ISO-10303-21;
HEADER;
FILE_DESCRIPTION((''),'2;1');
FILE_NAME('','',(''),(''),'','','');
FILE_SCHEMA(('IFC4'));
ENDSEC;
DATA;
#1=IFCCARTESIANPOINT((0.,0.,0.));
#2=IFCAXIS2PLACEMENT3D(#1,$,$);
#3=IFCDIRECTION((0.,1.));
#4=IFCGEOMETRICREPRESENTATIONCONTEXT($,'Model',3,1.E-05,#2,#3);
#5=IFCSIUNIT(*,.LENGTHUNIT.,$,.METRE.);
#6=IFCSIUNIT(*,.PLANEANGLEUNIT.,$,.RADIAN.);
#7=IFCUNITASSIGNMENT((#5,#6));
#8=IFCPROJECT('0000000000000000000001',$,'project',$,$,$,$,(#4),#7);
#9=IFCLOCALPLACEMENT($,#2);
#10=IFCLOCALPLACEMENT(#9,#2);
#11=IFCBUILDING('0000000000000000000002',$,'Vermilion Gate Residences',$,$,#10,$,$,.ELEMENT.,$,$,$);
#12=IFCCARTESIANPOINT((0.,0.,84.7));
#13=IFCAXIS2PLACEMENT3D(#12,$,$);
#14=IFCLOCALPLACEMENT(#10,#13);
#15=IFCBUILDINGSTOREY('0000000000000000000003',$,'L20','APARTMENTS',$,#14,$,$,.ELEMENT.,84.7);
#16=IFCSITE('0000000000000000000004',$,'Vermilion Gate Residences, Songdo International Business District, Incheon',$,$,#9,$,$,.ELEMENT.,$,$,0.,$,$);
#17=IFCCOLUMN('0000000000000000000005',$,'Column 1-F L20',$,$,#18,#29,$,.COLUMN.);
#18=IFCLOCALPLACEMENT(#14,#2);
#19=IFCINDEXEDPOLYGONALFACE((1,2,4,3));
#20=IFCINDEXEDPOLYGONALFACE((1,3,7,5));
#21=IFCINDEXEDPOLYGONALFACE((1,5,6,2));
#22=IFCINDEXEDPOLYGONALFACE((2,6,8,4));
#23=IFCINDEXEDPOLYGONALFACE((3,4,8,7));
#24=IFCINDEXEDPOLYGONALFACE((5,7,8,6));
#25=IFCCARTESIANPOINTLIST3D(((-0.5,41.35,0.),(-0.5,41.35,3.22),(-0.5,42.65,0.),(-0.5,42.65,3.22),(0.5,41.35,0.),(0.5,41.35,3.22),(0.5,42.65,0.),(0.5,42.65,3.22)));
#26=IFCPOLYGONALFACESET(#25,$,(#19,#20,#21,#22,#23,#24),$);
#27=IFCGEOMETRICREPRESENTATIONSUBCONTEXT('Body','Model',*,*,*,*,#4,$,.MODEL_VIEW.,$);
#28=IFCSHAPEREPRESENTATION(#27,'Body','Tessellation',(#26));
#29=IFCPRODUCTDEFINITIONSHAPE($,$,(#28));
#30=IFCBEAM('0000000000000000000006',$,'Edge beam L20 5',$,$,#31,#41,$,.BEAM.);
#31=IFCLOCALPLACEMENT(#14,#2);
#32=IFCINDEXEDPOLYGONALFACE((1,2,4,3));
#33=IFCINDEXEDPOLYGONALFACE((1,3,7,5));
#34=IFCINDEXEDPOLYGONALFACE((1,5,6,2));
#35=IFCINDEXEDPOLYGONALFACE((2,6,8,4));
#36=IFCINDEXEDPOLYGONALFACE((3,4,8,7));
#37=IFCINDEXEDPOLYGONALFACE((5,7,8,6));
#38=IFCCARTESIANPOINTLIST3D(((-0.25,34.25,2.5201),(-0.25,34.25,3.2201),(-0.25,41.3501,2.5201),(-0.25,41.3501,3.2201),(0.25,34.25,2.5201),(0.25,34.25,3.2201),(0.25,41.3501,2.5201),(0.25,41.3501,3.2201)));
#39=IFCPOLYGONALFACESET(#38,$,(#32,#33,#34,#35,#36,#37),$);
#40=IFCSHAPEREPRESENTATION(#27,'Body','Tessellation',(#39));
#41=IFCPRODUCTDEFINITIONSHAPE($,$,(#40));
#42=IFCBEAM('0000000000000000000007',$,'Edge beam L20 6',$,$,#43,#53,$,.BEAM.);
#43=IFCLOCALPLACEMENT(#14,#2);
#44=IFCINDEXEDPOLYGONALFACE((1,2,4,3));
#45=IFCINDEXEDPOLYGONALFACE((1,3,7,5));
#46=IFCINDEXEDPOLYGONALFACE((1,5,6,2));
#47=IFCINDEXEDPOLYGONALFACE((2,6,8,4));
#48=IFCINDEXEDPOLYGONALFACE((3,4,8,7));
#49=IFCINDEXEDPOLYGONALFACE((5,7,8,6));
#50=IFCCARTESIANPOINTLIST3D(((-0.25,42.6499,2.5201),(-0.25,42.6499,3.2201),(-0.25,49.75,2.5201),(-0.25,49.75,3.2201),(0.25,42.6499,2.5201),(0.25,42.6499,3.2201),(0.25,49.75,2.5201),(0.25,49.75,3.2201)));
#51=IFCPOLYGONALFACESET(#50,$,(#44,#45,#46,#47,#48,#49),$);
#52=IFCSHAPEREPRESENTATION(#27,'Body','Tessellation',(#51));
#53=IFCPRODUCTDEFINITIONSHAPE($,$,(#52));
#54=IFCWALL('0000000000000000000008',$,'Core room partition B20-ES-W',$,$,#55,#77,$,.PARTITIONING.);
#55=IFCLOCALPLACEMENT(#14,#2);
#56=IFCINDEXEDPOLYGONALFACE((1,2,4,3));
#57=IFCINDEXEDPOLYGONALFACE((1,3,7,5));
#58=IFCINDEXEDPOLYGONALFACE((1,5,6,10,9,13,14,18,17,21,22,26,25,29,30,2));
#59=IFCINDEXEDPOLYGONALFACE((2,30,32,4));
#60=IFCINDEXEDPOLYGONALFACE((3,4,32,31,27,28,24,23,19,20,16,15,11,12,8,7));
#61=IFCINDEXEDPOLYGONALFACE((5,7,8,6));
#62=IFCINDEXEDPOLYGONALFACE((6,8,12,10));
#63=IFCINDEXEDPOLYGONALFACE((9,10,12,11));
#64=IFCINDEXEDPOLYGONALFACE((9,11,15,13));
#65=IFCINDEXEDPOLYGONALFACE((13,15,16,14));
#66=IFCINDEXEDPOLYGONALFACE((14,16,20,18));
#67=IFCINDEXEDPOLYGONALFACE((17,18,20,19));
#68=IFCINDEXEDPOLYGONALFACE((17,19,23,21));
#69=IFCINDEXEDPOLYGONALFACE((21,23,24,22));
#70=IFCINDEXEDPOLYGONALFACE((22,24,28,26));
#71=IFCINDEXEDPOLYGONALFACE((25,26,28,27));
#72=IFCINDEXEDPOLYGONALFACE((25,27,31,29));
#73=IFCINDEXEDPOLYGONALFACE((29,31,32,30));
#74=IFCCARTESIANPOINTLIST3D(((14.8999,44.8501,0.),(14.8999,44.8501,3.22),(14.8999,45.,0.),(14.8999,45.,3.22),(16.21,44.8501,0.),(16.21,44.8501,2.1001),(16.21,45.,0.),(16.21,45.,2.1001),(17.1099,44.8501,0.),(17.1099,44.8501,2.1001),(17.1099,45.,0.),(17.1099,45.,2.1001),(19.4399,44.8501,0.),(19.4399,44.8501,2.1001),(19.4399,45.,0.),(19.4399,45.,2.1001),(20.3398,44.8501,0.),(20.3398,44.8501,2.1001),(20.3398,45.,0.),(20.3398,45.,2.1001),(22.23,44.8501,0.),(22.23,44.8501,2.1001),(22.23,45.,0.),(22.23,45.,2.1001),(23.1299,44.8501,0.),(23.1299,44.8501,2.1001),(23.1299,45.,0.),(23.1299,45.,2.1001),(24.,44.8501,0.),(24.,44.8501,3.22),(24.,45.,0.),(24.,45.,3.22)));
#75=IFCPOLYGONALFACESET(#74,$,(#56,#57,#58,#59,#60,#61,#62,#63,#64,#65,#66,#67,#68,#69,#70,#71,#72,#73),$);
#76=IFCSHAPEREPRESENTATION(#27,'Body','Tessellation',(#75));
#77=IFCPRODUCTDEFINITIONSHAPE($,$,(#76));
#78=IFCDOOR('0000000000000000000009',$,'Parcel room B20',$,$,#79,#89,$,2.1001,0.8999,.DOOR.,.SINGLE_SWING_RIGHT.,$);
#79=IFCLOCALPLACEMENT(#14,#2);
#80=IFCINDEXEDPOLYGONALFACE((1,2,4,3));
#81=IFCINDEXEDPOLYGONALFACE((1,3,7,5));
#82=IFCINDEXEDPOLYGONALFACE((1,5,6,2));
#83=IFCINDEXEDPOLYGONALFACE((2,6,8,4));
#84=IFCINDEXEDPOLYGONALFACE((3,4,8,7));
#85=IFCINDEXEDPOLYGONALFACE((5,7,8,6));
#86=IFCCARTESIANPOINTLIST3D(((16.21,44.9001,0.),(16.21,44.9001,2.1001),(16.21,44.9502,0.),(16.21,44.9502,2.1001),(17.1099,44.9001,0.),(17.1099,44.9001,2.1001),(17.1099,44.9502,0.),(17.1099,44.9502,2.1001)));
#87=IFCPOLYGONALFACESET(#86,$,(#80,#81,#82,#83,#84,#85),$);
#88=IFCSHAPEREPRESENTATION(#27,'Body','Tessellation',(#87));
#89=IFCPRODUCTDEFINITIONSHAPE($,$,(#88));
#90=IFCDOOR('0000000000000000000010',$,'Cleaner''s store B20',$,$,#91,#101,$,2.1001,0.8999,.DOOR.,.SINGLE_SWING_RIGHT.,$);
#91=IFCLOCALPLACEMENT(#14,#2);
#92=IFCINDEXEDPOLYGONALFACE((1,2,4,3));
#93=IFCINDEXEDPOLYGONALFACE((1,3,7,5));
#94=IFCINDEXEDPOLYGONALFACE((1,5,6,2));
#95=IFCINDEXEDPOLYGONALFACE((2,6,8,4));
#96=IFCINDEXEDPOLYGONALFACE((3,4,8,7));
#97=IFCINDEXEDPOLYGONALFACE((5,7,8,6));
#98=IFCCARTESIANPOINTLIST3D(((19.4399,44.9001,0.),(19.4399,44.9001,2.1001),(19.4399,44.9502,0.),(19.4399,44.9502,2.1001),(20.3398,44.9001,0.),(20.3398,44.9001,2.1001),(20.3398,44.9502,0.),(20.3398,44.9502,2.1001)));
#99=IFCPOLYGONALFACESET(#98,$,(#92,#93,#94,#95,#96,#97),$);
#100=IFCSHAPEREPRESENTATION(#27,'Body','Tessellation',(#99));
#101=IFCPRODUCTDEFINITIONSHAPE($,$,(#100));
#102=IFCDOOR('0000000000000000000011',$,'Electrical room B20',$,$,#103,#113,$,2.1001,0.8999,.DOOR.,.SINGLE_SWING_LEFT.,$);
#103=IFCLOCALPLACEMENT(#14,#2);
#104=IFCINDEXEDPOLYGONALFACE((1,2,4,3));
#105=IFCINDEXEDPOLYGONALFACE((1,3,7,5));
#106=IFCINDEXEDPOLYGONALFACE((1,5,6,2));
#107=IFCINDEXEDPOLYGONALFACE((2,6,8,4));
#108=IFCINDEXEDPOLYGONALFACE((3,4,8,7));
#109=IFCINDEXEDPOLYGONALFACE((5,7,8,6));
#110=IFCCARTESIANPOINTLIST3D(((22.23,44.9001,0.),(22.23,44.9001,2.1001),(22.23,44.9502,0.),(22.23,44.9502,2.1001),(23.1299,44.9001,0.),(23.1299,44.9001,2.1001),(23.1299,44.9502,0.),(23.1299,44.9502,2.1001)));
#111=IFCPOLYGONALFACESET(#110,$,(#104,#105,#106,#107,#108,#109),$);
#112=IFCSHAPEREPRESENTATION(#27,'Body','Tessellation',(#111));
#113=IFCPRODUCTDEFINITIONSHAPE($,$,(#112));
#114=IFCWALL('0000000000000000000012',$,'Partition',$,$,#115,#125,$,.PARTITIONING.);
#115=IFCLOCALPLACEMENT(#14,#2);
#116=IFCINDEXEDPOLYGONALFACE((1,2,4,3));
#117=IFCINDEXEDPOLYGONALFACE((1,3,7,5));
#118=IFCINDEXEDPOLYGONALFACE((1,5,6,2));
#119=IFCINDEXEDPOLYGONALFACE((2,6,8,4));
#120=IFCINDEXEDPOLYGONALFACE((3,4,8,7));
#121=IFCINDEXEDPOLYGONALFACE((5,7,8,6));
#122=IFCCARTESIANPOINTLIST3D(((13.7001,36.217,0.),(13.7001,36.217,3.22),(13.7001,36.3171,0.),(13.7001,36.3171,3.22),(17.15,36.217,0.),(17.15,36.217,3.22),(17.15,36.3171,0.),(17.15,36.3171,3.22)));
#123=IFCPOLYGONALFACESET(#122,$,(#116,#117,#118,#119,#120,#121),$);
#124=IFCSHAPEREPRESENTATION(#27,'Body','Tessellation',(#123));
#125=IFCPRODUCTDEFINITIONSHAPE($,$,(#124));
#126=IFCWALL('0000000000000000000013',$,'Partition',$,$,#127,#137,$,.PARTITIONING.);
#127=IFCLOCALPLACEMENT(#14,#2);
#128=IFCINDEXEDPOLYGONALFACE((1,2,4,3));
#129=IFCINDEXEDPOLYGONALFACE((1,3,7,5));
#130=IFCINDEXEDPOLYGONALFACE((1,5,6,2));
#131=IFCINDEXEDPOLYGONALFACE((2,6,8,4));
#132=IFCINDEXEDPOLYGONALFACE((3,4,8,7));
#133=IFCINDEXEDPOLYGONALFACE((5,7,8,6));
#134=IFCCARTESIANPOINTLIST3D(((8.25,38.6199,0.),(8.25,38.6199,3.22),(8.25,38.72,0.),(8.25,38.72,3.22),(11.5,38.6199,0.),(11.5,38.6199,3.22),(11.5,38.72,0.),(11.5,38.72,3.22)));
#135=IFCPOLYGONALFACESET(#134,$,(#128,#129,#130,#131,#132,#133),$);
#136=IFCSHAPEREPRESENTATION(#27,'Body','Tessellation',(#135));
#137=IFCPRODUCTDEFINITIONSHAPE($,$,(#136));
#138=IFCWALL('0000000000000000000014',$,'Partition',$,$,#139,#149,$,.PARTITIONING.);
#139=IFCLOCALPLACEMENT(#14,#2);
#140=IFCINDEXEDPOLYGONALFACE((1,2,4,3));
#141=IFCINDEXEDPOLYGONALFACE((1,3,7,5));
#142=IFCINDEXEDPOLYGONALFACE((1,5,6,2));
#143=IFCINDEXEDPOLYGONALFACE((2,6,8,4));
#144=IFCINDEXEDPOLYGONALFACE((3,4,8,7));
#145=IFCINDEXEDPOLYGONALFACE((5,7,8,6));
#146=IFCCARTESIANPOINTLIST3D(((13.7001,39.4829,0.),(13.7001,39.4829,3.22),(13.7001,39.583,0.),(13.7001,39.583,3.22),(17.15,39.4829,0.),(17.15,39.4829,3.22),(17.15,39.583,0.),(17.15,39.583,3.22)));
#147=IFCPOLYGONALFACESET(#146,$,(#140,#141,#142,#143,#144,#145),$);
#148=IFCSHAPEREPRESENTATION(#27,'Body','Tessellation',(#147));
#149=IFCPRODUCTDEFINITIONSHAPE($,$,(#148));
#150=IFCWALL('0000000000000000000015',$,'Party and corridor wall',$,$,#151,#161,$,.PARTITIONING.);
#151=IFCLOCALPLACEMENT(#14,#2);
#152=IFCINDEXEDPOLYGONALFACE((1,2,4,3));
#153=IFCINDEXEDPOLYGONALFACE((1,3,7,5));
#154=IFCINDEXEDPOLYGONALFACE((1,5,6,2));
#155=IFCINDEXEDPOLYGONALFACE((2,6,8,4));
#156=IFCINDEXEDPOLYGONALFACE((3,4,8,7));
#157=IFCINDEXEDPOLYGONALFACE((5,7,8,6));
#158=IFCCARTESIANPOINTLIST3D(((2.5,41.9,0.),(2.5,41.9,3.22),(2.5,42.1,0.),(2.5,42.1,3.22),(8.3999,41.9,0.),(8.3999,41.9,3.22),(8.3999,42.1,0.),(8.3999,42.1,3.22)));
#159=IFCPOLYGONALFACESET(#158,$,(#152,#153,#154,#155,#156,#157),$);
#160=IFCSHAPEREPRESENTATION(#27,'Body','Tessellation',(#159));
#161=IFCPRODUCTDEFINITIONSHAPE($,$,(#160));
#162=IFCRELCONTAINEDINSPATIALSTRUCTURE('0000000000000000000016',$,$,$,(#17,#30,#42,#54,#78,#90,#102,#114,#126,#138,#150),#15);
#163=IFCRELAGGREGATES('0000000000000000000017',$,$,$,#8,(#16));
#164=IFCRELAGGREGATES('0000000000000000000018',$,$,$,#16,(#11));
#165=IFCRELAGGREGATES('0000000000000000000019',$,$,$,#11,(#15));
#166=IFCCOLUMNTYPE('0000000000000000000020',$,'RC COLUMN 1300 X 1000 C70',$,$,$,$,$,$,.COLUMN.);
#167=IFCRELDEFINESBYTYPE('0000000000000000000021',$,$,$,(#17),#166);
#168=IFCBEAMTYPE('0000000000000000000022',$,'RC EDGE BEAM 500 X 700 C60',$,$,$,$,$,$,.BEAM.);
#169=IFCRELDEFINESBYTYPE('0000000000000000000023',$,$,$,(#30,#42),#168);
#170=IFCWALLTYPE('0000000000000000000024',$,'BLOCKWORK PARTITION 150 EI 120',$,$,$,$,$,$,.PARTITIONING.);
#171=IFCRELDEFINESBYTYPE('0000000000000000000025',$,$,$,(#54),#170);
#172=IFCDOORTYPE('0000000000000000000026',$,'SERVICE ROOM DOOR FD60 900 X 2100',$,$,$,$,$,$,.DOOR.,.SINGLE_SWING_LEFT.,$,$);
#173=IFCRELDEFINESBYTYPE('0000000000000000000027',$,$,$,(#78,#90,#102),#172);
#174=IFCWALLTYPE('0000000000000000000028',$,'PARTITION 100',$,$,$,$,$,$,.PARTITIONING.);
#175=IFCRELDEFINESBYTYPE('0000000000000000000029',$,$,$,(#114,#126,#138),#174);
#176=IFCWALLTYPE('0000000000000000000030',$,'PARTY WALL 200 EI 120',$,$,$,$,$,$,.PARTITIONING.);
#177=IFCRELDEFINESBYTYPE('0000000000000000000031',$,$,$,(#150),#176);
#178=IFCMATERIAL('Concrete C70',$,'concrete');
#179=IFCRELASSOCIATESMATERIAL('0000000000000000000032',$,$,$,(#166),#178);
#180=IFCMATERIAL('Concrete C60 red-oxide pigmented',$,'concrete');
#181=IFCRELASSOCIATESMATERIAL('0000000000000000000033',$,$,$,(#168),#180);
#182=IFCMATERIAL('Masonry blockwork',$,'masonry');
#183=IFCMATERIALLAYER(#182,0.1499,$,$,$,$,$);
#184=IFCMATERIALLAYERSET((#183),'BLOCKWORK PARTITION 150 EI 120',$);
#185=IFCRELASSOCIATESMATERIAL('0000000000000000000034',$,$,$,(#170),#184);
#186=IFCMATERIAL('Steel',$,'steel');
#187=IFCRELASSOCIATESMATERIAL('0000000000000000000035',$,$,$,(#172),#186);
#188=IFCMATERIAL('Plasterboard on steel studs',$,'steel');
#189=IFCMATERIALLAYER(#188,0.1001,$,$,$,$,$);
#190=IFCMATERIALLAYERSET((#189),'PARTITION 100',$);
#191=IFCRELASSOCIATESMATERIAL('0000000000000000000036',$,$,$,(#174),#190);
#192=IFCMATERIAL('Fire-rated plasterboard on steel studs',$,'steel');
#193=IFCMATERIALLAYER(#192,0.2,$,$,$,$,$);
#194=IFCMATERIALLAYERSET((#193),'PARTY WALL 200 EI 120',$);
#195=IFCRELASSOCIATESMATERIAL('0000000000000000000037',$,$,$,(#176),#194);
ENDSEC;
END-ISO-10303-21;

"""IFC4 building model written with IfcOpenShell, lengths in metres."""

from ifc_helpers import new_model, si_unit, direction, frame, frame_2d, origin, origin_2d, place, context, subcontext, project, spatial, rectangle, extrude, material, layer, layer_set, material_profile, profile_set, type_object, element, fill, save


model = new_model("IFC4")

# Units and contexts
model_context = context("Model", 3, precision=1e-05, world=origin(), true_north=direction((0.0, 1.0)))
body_context = subcontext(model_context, "Body", "Model", "MODEL_VIEW")
ifc_project = project(units=[si_unit("LENGTHUNIT", "METRE"), si_unit("PLANEANGLEUNIT", "RADIAN")], contexts=[model_context])

# Site, building, storey
site_placement = place(None, origin())
site = spatial("IfcSite", under=ifc_project, at=site_placement, Name="Vermilion Gate Residences, Songdo International Business District, Incheon", CompositionType="ELEMENT", RefElevation=0.0)
building_placement = place(site_placement, origin())
building = spatial("IfcBuilding", under=site, at=building_placement, Name="Vermilion Gate Residences", CompositionType="ELEMENT")
storey_placement = place(building_placement, frame((0.0, 0.0, 84.7)))
storey = spatial("IfcBuildingStorey", under=building, at=storey_placement, Name="L20", Description="APARTMENTS", CompositionType="ELEMENT", Elevation=84.7)

# Column
ifc_material_1 = material(Name="Concrete C70", Category="concrete")
ifc_material_profile_1 = material_profile(ifc_material_1, rectangle(XDim=1.3, YDim=1.0, at=origin_2d()), Name="RC-1300x1000")
ifc_profile_set_1 = profile_set([ifc_material_profile_1], Name="Concrete C70")
column_type = type_object("IfcColumnType", Name="RC COLUMN 1300 X 1000 C70", PredefinedType="COLUMN", material=ifc_profile_set_1)
column_placement = place(storey_placement, frame((0.0, 42.0, 0.0), z_axis=(0.0, 0.0, 1.0), x_axis=(0.0, 1.0, 0.0)))
element("IfcColumn", 1, at=column_placement, inside=storey, type_object=column_type, Name="Column 1-F L20", PredefinedType="COLUMN", context=body_context, shape_type="SweptSolid", body=[
    extrude(rectangle(XDim=1.3, YDim=1.0, at=origin_2d()), origin(), (0.0, 0.0, 1.0), 3.22),
])

# Beams
ifc_material_2 = material(Name="Concrete C60 red-oxide pigmented", Category="concrete")
ifc_material_profile_2 = material_profile(ifc_material_2, rectangle(XDim=0.5, YDim=0.7, at=origin_2d()), Name="RC-500x700")
ifc_profile_set_2 = profile_set([ifc_material_profile_2], Name="Concrete C60 red-oxide pigmented")
beam_type = type_object("IfcBeamType", Name="RC EDGE BEAM 500 X 700 C60", PredefinedType="BEAM", material=ifc_profile_set_2)
for number, where, z_axis, x_axis, name in (
    (2, (0.0, 34.25, 2.8701), (0.0, 1.0, 0.0), (-1.0, 0.0, 0.0), "Edge beam L20 5"),
    (3, (0.0, 42.6499, 2.8701), (0.0, 1.0, 0.0), (-1.0, 0.0, 0.0), "Edge beam L20 6"),
):
    element("IfcBeam", number, at=place(storey_placement, frame(where, z_axis=z_axis, x_axis=x_axis)), inside=storey, type_object=beam_type, Name=name, PredefinedType="BEAM", context=body_context, shape_type="SweptSolid", body=[
        extrude(rectangle(XDim=0.5, YDim=0.7, at=origin_2d()), origin(), (0.0, 0.0, 1.0), 7.1001),
    ])

# Wall, openings, doors
ifc_material_3 = material(Name="Masonry blockwork", Category="masonry")
ifc_layer_1 = layer(ifc_material_3, 0.1499)
ifc_layer_set_1 = layer_set([ifc_layer_1], Name="BLOCKWORK PARTITION 150 EI 120")
wall_type_1 = type_object("IfcWallType", Name="BLOCKWORK PARTITION 150 EI 120", PredefinedType="PARTITIONING", material=ifc_layer_set_1)
wall_1_placement = place(storey_placement, frame((14.8999, 44.925, 0.0), z_axis=(0.0, 0.0, 1.0), x_axis=(1.0, 0.0, 0.0)))
wall_1 = element("IfcWall", 4, at=wall_1_placement, inside=storey, type_object=wall_type_1, Name="Core room partition B20-ES-W", PredefinedType="PARTITIONING", context=body_context, shape_type="SweptSolid", body=[
    extrude(rectangle(XDim=9.1001, YDim=0.1499, at=frame_2d((4.55, 0.0))), origin(), (0.0, 0.0, 1.0), 3.22),
])
opening_1_placement = place(wall_1_placement, frame((1.3101, 0.0, 0.0)))
opening_1 = element("IfcOpeningElement", 5, at=opening_1_placement, cuts=wall_1, PredefinedType="OPENING", context=body_context, shape_type="SweptSolid", body=[
    extrude(rectangle(XDim=0.8999, YDim=2.1001, at=frame_2d((0.45, 1.05))), frame((0.0, 0.085, 0.0), z_axis=(0.0, -1.0, 0.0), x_axis=(1.0, 0.0, 0.0)), (0.0, 0.0, 1.0), 0.1699),
])
opening_2_placement = place(wall_1_placement, frame((4.54, 0.0, 0.0)))
opening_2 = element("IfcOpeningElement", 6, at=opening_2_placement, cuts=wall_1, PredefinedType="OPENING", context=body_context, shape_type="SweptSolid", body=[
    extrude(rectangle(XDim=0.8999, YDim=2.1001, at=frame_2d((0.45, 1.05))), frame((0.0, 0.085, 0.0), z_axis=(0.0, -1.0, 0.0), x_axis=(1.0, 0.0, 0.0)), (0.0, 0.0, 1.0), 0.1699),
])
opening_3_placement = place(wall_1_placement, frame((7.3301, 0.0, 0.0)))
opening_3 = element("IfcOpeningElement", 7, at=opening_3_placement, cuts=wall_1, PredefinedType="OPENING", context=body_context, shape_type="SweptSolid", body=[
    extrude(rectangle(XDim=0.8999, YDim=2.1001, at=frame_2d((0.45, 1.05))), frame((0.0, 0.085, 0.0), z_axis=(0.0, -1.0, 0.0), x_axis=(1.0, 0.0, 0.0)), (0.0, 0.0, 1.0), 0.1699),
])
ifc_material_4 = material(Name="Steel", Category="steel")
door_type_1 = type_object("IfcDoorType", Name="SERVICE ROOM DOOR FD60 900 X 2100", OperationType="SINGLE_SWING_LEFT", PredefinedType="DOOR", material=ifc_material_4)
door_1_placement = place(opening_1_placement, frame((0.8999, 0.0, 0.0), z_axis=(0.0, 0.0, 1.0), x_axis=(-1.0, 0.0, 0.0)))
door_1 = element("IfcDoor", 8, at=door_1_placement, inside=storey, type_object=door_type_1, Name="Parcel room B20", OperationType="SINGLE_SWING_RIGHT", OverallHeight=2.1001, OverallWidth=0.8999, PredefinedType="DOOR", context=body_context, shape_type="SweptSolid", body=[
    extrude(rectangle(XDim=0.8999, YDim=2.1001, at=frame_2d((0.45, 1.05))), frame((0.0, 0.0249, 0.0), z_axis=(0.0, -1.0, 0.0), x_axis=(1.0, 0.0, 0.0)), (0.0, 0.0, 1.0), 0.05),
])
fill(opening_1, door_1)
door_2_placement = place(opening_2_placement, frame((0.8999, 0.0, 0.0), z_axis=(0.0, 0.0, 1.0), x_axis=(-1.0, 0.0, 0.0)))
door_2 = element("IfcDoor", 9, at=door_2_placement, inside=storey, type_object=door_type_1, Name="Cleaner's store B20", OperationType="SINGLE_SWING_RIGHT", OverallHeight=2.1001, OverallWidth=0.8999, PredefinedType="DOOR", context=body_context, shape_type="SweptSolid", body=[
    extrude(rectangle(XDim=0.8999, YDim=2.1001, at=frame_2d((0.45, 1.05))), frame((0.0, 0.0249, 0.0), z_axis=(0.0, -1.0, 0.0), x_axis=(1.0, 0.0, 0.0)), (0.0, 0.0, 1.0), 0.05),
])
fill(opening_2, door_2)
door_3_placement = place(opening_3_placement, frame((0.8999, 0.0, 0.0), z_axis=(0.0, 0.0, 1.0), x_axis=(-1.0, 0.0, 0.0)))
door_3 = element("IfcDoor", 10, at=door_3_placement, inside=storey, type_object=door_type_1, Name="Electrical room B20", OperationType="SINGLE_SWING_LEFT", OverallHeight=2.1001, OverallWidth=0.8999, PredefinedType="DOOR", context=body_context, shape_type="SweptSolid", body=[
    extrude(rectangle(XDim=0.8999, YDim=2.1001, at=frame_2d((0.45, 1.05))), frame((0.0, 0.0249, 0.0), z_axis=(0.0, -1.0, 0.0), x_axis=(1.0, 0.0, 0.0)), (0.0, 0.0, 1.0), 0.05),
])
fill(opening_3, door_3)

# Walls
ifc_material_5 = material(Name="Plasterboard on steel studs", Category="steel")
ifc_layer_2 = layer(ifc_material_5, 0.1001)
ifc_layer_set_2 = layer_set([ifc_layer_2], Name="PARTITION 100")
wall_type_2 = type_object("IfcWallType", Name="PARTITION 100", PredefinedType="PARTITIONING", material=ifc_layer_set_2)
wall_2_placement = place(storey_placement, frame((13.7, 36.2671, 0.0), z_axis=(0.0, 0.0, 1.0), x_axis=(1.0, 0.0, 0.0)))
element("IfcWall", 11, at=wall_2_placement, inside=storey, type_object=wall_type_2, Name="Partition", PredefinedType="PARTITIONING", context=body_context, shape_type="SweptSolid", body=[
    extrude(rectangle(XDim=3.45, YDim=0.1001, at=frame_2d((1.7251, 0.0))), origin(), (0.0, 0.0, 1.0), 3.22),
])
wall_3_placement = place(storey_placement, frame((8.25, 38.6699, 0.0), z_axis=(0.0, 0.0, 1.0), x_axis=(1.0, 0.0, 0.0)))
element("IfcWall", 12, at=wall_3_placement, inside=storey, type_object=wall_type_2, Name="Partition", PredefinedType="PARTITIONING", context=body_context, shape_type="SweptSolid", body=[
    extrude(rectangle(XDim=3.25, YDim=0.1001, at=frame_2d((1.625, 0.0))), origin(), (0.0, 0.0, 1.0), 3.22),
])
wall_4_placement = place(storey_placement, frame((13.7, 39.533, 0.0), z_axis=(0.0, 0.0, 1.0), x_axis=(1.0, 0.0, 0.0)))
element("IfcWall", 13, at=wall_4_placement, inside=storey, type_object=wall_type_2, Name="Partition", PredefinedType="PARTITIONING", context=body_context, shape_type="SweptSolid", body=[
    extrude(rectangle(XDim=3.45, YDim=0.1001, at=frame_2d((1.7251, 0.0))), origin(), (0.0, 0.0, 1.0), 3.22),
])
ifc_material_6 = material(Name="Fire-rated plasterboard on steel studs", Category="steel")
ifc_layer_3 = layer(ifc_material_6, 0.2)
ifc_layer_set_3 = layer_set([ifc_layer_3], Name="PARTY WALL 200 EI 120")
wall_type_3 = type_object("IfcWallType", Name="PARTY WALL 200 EI 120", PredefinedType="PARTITIONING", material=ifc_layer_set_3)
wall_5_placement = place(storey_placement, frame((2.5, 42.0, 0.0), z_axis=(0.0, 0.0, 1.0), x_axis=(1.0, 0.0, 0.0)))
element("IfcWall", 14, at=wall_5_placement, inside=storey, type_object=wall_type_3, Name="Party and corridor wall", PredefinedType="PARTITIONING", context=body_context, shape_type="SweptSolid", body=[
    extrude(rectangle(XDim=5.8999, YDim=0.2, at=frame_2d((2.95, 0.0))), origin(), (0.0, 0.0, 1.0), 3.22),
])

save(model, "model.ifc")
